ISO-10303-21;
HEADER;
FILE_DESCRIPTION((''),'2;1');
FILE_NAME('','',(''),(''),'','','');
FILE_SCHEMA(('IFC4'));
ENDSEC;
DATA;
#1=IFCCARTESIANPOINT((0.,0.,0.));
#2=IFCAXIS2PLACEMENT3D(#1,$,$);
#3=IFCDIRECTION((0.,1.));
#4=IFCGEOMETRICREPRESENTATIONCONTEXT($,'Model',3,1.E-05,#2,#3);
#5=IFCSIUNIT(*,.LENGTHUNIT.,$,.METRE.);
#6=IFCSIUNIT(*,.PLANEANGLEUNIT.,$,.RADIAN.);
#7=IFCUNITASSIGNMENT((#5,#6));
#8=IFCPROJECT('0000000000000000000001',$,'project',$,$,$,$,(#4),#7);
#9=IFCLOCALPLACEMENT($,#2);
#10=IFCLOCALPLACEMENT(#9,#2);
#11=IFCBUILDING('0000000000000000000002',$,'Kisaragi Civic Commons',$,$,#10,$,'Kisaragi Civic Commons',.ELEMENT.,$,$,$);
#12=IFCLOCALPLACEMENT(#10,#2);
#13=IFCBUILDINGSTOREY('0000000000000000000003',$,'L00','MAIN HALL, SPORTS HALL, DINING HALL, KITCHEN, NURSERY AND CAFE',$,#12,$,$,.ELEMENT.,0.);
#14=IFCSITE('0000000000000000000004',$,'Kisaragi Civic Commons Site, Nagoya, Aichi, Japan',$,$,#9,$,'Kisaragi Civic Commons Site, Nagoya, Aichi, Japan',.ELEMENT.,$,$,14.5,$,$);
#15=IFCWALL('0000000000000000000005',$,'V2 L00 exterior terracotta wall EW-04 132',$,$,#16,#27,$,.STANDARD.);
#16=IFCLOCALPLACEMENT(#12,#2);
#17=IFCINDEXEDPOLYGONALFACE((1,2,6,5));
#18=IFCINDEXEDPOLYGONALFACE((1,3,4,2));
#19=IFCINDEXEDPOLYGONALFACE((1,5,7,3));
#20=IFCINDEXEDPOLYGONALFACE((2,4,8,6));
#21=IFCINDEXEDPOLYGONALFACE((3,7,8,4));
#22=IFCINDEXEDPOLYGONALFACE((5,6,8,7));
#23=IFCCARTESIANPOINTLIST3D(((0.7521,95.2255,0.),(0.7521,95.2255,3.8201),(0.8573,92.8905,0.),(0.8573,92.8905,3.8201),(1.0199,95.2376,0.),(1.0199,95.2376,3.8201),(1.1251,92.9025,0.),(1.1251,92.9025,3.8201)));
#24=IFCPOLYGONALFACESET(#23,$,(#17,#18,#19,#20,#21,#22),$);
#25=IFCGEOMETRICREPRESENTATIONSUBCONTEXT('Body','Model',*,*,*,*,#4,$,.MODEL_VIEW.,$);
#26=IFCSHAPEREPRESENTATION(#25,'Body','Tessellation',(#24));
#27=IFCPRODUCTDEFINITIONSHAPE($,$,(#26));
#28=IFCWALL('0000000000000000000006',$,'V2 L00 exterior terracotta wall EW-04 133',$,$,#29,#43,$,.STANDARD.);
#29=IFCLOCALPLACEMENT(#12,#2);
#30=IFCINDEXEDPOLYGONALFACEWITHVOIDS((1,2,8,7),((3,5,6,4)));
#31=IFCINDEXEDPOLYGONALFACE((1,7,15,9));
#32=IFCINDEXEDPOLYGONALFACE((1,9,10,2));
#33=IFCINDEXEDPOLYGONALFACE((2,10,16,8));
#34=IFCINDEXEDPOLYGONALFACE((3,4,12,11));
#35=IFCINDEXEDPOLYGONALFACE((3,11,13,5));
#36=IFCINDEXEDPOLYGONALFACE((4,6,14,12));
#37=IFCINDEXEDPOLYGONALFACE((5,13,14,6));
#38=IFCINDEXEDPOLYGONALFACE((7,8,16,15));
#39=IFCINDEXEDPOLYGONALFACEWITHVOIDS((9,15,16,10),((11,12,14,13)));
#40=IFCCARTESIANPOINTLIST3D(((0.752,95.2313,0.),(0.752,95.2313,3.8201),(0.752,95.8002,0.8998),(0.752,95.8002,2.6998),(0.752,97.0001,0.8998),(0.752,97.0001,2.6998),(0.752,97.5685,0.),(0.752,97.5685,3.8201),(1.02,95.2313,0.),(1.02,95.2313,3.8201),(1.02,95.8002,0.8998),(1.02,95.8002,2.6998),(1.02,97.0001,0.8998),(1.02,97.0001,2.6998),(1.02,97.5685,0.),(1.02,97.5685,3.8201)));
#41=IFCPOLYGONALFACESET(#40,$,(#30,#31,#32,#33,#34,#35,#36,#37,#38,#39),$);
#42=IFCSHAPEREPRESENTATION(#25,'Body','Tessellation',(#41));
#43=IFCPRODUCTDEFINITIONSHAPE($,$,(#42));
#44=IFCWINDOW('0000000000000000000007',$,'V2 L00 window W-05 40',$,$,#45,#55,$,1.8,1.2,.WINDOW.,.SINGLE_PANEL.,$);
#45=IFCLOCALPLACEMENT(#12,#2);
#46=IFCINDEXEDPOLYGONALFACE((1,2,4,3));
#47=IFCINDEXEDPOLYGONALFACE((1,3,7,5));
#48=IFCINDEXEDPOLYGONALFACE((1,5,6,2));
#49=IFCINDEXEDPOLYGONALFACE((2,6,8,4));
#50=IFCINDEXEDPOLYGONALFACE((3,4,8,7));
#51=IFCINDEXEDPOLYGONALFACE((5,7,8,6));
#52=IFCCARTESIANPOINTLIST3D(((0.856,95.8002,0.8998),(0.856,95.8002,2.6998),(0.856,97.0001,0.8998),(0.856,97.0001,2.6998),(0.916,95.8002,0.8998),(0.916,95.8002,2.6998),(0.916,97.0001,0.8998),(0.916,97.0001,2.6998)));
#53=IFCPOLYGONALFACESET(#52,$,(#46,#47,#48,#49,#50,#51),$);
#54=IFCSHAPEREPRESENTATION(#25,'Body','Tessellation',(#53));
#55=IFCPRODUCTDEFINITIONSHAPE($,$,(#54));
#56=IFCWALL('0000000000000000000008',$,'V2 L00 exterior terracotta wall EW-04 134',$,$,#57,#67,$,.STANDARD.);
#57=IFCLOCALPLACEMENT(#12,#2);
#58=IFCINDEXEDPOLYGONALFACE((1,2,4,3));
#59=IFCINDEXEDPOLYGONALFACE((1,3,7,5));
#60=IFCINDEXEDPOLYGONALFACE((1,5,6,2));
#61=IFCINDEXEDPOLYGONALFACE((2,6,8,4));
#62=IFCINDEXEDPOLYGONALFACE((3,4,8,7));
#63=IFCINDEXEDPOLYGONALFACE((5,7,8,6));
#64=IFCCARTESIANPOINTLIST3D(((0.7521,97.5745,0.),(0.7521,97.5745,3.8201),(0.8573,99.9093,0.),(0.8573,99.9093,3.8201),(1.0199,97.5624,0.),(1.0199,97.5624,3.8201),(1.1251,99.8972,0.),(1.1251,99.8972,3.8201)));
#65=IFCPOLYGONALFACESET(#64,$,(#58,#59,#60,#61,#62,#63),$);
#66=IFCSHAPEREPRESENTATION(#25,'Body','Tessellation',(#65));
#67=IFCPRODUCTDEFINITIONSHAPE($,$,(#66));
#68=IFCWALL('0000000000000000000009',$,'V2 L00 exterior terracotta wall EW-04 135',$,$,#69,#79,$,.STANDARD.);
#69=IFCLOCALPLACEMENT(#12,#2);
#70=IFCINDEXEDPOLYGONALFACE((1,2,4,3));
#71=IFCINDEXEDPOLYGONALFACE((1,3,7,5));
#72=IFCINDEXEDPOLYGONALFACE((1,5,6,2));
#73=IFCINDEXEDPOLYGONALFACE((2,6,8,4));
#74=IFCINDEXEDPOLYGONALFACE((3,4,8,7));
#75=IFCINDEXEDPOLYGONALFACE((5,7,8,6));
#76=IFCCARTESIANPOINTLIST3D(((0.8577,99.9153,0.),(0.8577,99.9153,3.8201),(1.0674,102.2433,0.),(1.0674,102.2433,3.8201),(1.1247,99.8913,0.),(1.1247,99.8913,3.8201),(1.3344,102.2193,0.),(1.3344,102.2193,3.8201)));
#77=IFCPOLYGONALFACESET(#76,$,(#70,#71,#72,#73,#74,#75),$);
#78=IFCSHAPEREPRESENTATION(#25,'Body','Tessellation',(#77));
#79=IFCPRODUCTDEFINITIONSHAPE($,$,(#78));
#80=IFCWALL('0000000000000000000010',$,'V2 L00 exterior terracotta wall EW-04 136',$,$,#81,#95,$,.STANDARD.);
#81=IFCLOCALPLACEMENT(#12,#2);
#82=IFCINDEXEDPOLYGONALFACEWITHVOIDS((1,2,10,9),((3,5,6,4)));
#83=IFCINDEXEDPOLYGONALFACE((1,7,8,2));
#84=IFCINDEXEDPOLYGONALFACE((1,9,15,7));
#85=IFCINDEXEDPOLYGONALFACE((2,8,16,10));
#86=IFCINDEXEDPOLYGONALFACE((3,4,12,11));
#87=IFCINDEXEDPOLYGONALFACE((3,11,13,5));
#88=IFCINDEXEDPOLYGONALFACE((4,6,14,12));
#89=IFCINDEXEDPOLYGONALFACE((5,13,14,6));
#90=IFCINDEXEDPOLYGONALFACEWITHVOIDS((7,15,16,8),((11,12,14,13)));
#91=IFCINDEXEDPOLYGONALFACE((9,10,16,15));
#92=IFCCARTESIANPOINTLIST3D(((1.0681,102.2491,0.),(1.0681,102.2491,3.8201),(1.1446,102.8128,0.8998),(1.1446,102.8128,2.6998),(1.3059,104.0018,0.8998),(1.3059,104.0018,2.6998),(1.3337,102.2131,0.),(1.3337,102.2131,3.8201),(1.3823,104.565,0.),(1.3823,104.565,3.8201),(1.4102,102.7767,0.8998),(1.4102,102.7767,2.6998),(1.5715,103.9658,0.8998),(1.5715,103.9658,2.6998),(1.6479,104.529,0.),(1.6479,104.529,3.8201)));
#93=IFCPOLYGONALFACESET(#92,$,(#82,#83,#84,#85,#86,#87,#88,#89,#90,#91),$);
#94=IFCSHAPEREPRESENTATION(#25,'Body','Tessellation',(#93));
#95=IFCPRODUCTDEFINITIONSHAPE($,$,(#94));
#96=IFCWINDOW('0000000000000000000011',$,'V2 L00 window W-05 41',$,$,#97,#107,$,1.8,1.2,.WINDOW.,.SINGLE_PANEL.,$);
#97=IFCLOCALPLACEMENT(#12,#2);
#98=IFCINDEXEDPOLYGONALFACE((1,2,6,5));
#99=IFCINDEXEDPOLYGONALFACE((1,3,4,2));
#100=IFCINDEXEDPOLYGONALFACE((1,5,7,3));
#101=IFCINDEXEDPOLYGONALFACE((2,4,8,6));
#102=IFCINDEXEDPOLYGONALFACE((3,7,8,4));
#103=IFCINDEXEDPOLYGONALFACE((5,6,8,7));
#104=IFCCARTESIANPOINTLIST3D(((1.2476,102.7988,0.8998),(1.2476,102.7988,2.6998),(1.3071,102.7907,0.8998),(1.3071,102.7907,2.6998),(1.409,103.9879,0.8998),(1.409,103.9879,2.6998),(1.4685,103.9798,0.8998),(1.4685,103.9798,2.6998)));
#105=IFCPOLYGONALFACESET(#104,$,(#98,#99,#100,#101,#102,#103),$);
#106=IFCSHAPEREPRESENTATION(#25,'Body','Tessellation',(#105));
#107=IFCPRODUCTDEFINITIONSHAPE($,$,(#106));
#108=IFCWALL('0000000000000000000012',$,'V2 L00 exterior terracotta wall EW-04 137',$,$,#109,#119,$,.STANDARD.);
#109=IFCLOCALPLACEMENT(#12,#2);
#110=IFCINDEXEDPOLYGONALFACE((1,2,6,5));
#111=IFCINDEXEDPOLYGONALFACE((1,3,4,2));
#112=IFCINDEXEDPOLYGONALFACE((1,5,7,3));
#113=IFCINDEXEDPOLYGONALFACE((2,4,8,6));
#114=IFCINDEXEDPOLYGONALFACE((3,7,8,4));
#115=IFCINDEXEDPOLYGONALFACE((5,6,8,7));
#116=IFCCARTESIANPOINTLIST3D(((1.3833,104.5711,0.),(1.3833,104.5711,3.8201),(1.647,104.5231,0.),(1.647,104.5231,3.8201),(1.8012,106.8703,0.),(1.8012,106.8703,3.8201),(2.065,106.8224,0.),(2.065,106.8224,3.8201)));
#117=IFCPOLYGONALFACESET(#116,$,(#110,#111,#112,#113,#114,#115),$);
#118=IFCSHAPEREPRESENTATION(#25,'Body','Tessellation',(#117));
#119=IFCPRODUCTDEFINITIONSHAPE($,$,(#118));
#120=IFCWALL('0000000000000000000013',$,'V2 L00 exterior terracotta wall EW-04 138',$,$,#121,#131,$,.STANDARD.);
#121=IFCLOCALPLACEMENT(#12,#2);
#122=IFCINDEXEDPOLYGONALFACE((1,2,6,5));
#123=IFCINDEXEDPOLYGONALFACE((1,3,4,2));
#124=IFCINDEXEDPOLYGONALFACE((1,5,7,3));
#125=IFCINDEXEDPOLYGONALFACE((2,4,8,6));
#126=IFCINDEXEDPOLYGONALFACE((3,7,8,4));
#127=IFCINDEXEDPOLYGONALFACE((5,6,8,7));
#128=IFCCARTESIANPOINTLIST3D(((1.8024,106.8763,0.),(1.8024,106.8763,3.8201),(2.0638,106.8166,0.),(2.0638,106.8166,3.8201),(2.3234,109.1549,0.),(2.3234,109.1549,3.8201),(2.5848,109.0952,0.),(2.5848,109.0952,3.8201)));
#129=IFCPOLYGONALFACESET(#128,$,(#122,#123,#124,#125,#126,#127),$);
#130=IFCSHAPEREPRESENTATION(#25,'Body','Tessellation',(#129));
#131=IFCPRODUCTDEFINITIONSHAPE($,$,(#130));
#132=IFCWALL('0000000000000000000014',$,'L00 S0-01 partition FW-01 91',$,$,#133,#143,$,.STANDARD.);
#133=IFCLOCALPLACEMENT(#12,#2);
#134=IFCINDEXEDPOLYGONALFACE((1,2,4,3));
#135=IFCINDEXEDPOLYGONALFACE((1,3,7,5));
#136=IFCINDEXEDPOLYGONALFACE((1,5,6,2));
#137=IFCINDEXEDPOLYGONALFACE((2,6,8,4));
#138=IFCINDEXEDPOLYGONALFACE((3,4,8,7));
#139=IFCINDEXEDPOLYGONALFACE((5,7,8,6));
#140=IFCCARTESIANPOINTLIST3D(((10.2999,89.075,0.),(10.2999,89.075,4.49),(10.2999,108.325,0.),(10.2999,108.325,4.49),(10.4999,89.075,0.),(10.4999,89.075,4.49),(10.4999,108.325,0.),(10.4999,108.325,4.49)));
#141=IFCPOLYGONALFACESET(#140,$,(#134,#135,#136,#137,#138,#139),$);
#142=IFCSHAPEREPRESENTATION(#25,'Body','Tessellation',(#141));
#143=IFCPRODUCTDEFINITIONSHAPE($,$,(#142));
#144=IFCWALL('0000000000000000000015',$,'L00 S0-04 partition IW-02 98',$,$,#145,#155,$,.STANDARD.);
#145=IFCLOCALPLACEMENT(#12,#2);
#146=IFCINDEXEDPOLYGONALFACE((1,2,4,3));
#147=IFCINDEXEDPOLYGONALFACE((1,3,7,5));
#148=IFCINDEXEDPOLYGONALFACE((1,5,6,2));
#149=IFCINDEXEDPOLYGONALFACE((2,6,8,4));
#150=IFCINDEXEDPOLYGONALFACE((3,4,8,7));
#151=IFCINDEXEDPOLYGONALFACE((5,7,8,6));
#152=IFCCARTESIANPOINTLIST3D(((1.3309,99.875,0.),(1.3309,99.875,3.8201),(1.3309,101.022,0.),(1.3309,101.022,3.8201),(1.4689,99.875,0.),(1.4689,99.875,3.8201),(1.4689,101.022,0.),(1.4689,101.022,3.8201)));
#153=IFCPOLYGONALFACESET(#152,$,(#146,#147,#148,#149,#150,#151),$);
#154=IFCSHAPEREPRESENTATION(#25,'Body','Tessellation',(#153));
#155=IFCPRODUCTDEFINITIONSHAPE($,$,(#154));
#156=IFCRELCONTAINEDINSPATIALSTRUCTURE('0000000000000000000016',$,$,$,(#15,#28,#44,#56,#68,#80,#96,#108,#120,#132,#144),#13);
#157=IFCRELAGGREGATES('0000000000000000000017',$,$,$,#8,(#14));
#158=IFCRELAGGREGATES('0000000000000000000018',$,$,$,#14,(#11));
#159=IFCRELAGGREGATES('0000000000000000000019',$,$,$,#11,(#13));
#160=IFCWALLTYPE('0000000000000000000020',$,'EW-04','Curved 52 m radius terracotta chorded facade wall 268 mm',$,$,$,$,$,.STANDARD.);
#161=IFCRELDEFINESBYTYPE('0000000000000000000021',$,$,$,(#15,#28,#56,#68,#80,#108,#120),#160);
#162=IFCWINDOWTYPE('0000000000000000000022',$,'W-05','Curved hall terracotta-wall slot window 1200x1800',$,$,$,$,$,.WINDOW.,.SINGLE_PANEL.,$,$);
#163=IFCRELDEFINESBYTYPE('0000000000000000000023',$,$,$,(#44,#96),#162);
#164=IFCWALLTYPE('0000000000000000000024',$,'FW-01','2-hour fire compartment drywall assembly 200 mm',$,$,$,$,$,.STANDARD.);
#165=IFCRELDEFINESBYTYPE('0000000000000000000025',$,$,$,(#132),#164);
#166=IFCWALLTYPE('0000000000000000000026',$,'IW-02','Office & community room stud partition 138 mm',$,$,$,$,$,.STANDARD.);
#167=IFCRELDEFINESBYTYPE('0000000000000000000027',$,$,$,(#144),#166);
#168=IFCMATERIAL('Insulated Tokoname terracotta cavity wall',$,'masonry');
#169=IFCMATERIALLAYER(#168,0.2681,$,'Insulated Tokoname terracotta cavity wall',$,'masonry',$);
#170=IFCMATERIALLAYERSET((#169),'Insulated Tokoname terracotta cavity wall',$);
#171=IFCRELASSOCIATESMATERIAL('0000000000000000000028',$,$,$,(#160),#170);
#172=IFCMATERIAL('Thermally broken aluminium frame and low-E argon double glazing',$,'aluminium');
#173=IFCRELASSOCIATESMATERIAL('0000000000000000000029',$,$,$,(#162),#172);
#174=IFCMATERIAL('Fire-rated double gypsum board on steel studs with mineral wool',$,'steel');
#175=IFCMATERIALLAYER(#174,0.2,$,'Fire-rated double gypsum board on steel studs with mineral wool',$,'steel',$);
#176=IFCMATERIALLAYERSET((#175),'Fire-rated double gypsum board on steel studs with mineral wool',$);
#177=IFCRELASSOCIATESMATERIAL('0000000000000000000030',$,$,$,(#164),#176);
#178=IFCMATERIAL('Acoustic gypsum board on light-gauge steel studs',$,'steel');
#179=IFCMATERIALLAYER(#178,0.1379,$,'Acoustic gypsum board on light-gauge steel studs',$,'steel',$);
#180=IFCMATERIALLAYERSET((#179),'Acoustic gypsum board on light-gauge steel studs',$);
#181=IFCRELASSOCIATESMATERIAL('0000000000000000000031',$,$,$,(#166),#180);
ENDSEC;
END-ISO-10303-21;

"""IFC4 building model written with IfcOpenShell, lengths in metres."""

from ifc_helpers import new_model, si_unit, direction, frame, frame_2d, origin, place, context, subcontext, project, spatial, rectangle, extrude, material, layer, layer_set, type_object, element, fill, save


model = new_model("IFC4")

# Units and contexts
model_context = context("Model", 3, precision=1e-05, world=origin(), true_north=direction((0.0, 1.0)))
body_context = subcontext(model_context, "Body", "Model", "MODEL_VIEW")
ifc_project = project(units=[si_unit("LENGTHUNIT", "METRE"), si_unit("PLANEANGLEUNIT", "RADIAN")], contexts=[model_context])

# Site, building, storey
site_placement = place(None, origin())
site = spatial("IfcSite", under=ifc_project, at=site_placement, Name="Kisaragi Civic Commons Site, Nagoya, Aichi, Japan", LongName="Kisaragi Civic Commons Site, Nagoya, Aichi, Japan", CompositionType="ELEMENT", RefElevation=14.5)
building_placement = place(site_placement, origin())
building = spatial("IfcBuilding", under=site, at=building_placement, Name="Kisaragi Civic Commons", LongName="Kisaragi Civic Commons", CompositionType="ELEMENT")
storey_placement = place(building_placement, origin())
storey = spatial("IfcBuildingStorey", under=building, at=storey_placement, Name="L00", Description="MAIN HALL, SPORTS HALL, DINING HALL, KITCHEN, NURSERY AND CAFE", CompositionType="ELEMENT", Elevation=0.0)

# Wall
ifc_material_1 = material(Name="Insulated Tokoname terracotta cavity wall", Category="masonry")
ifc_layer_1 = layer(ifc_material_1, 0.2681, Name="Insulated Tokoname terracotta cavity wall", Category="masonry")
ifc_layer_set_1 = layer_set([ifc_layer_1], Name="Insulated Tokoname terracotta cavity wall")
wall_type_1 = type_object("IfcWallType", Name="EW-04", Description="Curved 52 m radius terracotta chorded facade wall 268 mm", PredefinedType="STANDARD", material=ifc_layer_set_1)
wall_1_placement = place(storey_placement, frame((0.9912, 92.8965, 0.0), z_axis=(0.0, 0.0, 1.0), x_axis=(-0.045019, 0.998986, 0.0)))
element("IfcWall", 1, at=wall_1_placement, inside=storey, type_object=wall_type_1, Name="V2 L00 exterior terracotta wall EW-04 132", PredefinedType="STANDARD", context=body_context, shape_type="SweptSolid", body=[
    extrude(rectangle(XDim=2.3374, YDim=0.2681, at=frame_2d((1.1687, 0.0))), origin(), (0.0, 0.0, 1.0), 3.8201),
])

# Wall, opening, window
wall_2_placement = place(storey_placement, frame((0.886, 95.2314, 0.0), z_axis=(0.0, 0.0, 1.0), x_axis=(0.0, 1.0, 0.0)))
wall_2 = element("IfcWall", 2, at=wall_2_placement, inside=storey, type_object=wall_type_1, Name="V2 L00 exterior terracotta wall EW-04 133", PredefinedType="STANDARD", context=body_context, shape_type="SweptSolid", body=[
    extrude(rectangle(XDim=2.3372, YDim=0.2681, at=frame_2d((1.1685, 0.0))), origin(), (0.0, 0.0, 1.0), 3.8201),
])
opening_1_placement = place(wall_2_placement, frame((0.5686, 0.0, 0.8999)))
opening_1 = element("IfcOpeningElement", 3, at=opening_1_placement, cuts=wall_2, PredefinedType="OPENING", context=body_context, shape_type="SweptSolid", body=[
    extrude(rectangle(XDim=1.2, YDim=1.8, at=frame_2d((0.6001, 0.8999))), frame((0.0, 0.144, 0.0), z_axis=(0.0, -1.0, 0.0), x_axis=(1.0, 0.0, 0.0)), (0.0, 0.0, 1.0), 0.2881),
])
ifc_material_2 = material(Name="Thermally broken aluminium frame and low-E argon double glazing", Category="aluminium")
window_type = type_object("IfcWindowType", Name="W-05", Description="Curved hall terracotta-wall slot window 1200x1800", PartitioningType="SINGLE_PANEL", PredefinedType="WINDOW", material=ifc_material_2)
window_1_placement = place(opening_1_placement, origin())
window_1 = element("IfcWindow", 4, at=window_1_placement, inside=storey, type_object=window_type, Name="V2 L00 window W-05 40", OverallHeight=1.8, OverallWidth=1.2, PartitioningType="SINGLE_PANEL", PredefinedType="WINDOW", context=body_context, shape_type="SweptSolid", body=[
    extrude(rectangle(XDim=1.2, YDim=1.8, at=frame_2d((0.6001, 0.8999))), frame((0.0, 0.03, 0.0), z_axis=(0.0, -1.0, 0.0), x_axis=(1.0, 0.0, 0.0)), (0.0, 0.0, 1.0), 0.0601),
])
fill(opening_1, window_1)

# Walls
wall_3_placement = place(storey_placement, frame((0.886, 97.5686, 0.0), z_axis=(0.0, 0.0, 1.0), x_axis=(0.045024, 0.998986, 0.0)))
element("IfcWall", 5, at=wall_3_placement, inside=storey, type_object=wall_type_1, Name="V2 L00 exterior terracotta wall EW-04 134", PredefinedType="STANDARD", context=body_context, shape_type="SweptSolid", body=[
    extrude(rectangle(XDim=2.3372, YDim=0.2681, at=frame_2d((1.1685, 0.0))), origin(), (0.0, 0.0, 1.0), 3.8201),
])
wall_4_placement = place(storey_placement, frame((0.9912, 99.9033, 0.0), z_axis=(0.0, 0.0, 1.0), x_axis=(0.089726, 0.995967, 0.0)))
element("IfcWall", 6, at=wall_4_placement, inside=storey, type_object=wall_type_1, Name="V2 L00 exterior terracotta wall EW-04 135", PredefinedType="STANDARD", context=body_context, shape_type="SweptSolid", body=[
    extrude(rectangle(XDim=2.3374, YDim=0.2681, at=frame_2d((1.1687, 0.0))), origin(), (0.0, 0.0, 1.0), 3.8201),
])

# Wall, opening, window
wall_5_placement = place(storey_placement, frame((1.2009, 102.2312, 0.0), z_axis=(0.0, 0.0, 1.0), x_axis=(0.134442, 0.990921, 0.0)))
wall_5 = element("IfcWall", 7, at=wall_5_placement, inside=storey, type_object=wall_type_1, Name="V2 L00 exterior terracotta wall EW-04 136", PredefinedType="STANDARD", context=body_context, shape_type="SweptSolid", body=[
    extrude(rectangle(XDim=2.3372, YDim=0.2681, at=frame_2d((1.1685, 0.0))), origin(), (0.0, 0.0, 1.0), 3.8201),
])
opening_2_placement = place(wall_5_placement, frame((0.5686, 0.0, 0.8999)))
opening_2 = element("IfcOpeningElement", 8, at=opening_2_placement, cuts=wall_5, PredefinedType="OPENING", context=body_context, shape_type="SweptSolid", body=[
    extrude(rectangle(XDim=1.2, YDim=1.8, at=frame_2d((0.6001, 0.8999))), frame((0.0, 0.144, 0.0), z_axis=(0.0, -1.0, 0.0), x_axis=(1.0, 0.0, 0.0)), (0.0, 0.0, 1.0), 0.2881),
])
window_2_placement = place(opening_2_placement, origin())
window_2 = element("IfcWindow", 9, at=window_2_placement, inside=storey, type_object=window_type, Name="V2 L00 window W-05 41", OverallHeight=1.8, OverallWidth=1.2, PartitioningType="SINGLE_PANEL", PredefinedType="WINDOW", context=body_context, shape_type="SweptSolid", body=[
    extrude(rectangle(XDim=1.2, YDim=1.8, at=frame_2d((0.6001, 0.8999))), frame((0.0, 0.03, 0.0), z_axis=(0.0, -1.0, 0.0), x_axis=(1.0, 0.0, 0.0)), (0.0, 0.0, 1.0), 0.0601),
])
fill(opening_2, window_2)

# Walls
wall_6_placement = place(storey_placement, frame((1.5151, 104.5471, 0.0), z_axis=(0.0, 0.0, 1.0), x_axis=(0.178849, 0.983877, 0.0)))
element("IfcWall", 10, at=wall_6_placement, inside=storey, type_object=wall_type_1, Name="V2 L00 exterior terracotta wall EW-04 137", PredefinedType="STANDARD", context=body_context, shape_type="SweptSolid", body=[
    extrude(rectangle(XDim=2.3369, YDim=0.2681, at=frame_2d((1.1685, 0.0))), origin(), (0.0, 0.0, 1.0), 3.8201),
])
wall_7_placement = place(storey_placement, frame((1.9331, 106.8464, 0.0), z_axis=(0.0, 0.0, 1.0), x_axis=(0.222899, 0.974842, 0.0)))
element("IfcWall", 11, at=wall_7_placement, inside=storey, type_object=wall_type_1, Name="V2 L00 exterior terracotta wall EW-04 138", PredefinedType="STANDARD", context=body_context, shape_type="SweptSolid", body=[
    extrude(rectangle(XDim=2.3374, YDim=0.2681, at=frame_2d((1.1687, 0.0))), origin(), (0.0, 0.0, 1.0), 3.8201),
])
ifc_material_3 = material(Name="Fire-rated double gypsum board on steel studs with mineral wool", Category="steel")
ifc_layer_2 = layer(ifc_material_3, 0.2, Name="Fire-rated double gypsum board on steel studs with mineral wool", Category="steel")
ifc_layer_set_2 = layer_set([ifc_layer_2], Name="Fire-rated double gypsum board on steel studs with mineral wool")
wall_type_2 = type_object("IfcWallType", Name="FW-01", Description="2-hour fire compartment drywall assembly 200 mm", PredefinedType="STANDARD", material=ifc_layer_set_2)
wall_8_placement = place(storey_placement, frame((10.3999, 89.075, 0.0), z_axis=(0.0, 0.0, 1.0), x_axis=(0.0, 1.0, 0.0)))
element("IfcWall", 12, at=wall_8_placement, inside=storey, type_object=wall_type_2, Name="L00 S0-01 partition FW-01 91", PredefinedType="STANDARD", context=body_context, shape_type="SweptSolid", body=[
    extrude(rectangle(XDim=19.25, YDim=0.2, at=frame_2d((9.625, 0.0))), origin(), (0.0, 0.0, 1.0), 4.49),
])
ifc_material_4 = material(Name="Acoustic gypsum board on light-gauge steel studs", Category="steel")
ifc_layer_3 = layer(ifc_material_4, 0.1379, Name="Acoustic gypsum board on light-gauge steel studs", Category="steel")
ifc_layer_set_3 = layer_set([ifc_layer_3], Name="Acoustic gypsum board on light-gauge steel studs")
wall_type_3 = type_object("IfcWallType", Name="IW-02", Description="Office & community room stud partition 138 mm", PredefinedType="STANDARD", material=ifc_layer_set_3)
wall_9_placement = place(storey_placement, frame((1.3999, 99.875, 0.0), z_axis=(0.0, 0.0, 1.0), x_axis=(0.0, 1.0, 0.0)))
element("IfcWall", 13, at=wall_9_placement, inside=storey, type_object=wall_type_3, Name="L00 S0-04 partition IW-02 98", PredefinedType="STANDARD", context=body_context, shape_type="SweptSolid", body=[
    extrude(rectangle(XDim=1.147, YDim=0.1379, at=frame_2d((0.5735, 0.0))), origin(), (0.0, 0.0, 1.0), 3.8201),
])

save(model, "model.ifc")
